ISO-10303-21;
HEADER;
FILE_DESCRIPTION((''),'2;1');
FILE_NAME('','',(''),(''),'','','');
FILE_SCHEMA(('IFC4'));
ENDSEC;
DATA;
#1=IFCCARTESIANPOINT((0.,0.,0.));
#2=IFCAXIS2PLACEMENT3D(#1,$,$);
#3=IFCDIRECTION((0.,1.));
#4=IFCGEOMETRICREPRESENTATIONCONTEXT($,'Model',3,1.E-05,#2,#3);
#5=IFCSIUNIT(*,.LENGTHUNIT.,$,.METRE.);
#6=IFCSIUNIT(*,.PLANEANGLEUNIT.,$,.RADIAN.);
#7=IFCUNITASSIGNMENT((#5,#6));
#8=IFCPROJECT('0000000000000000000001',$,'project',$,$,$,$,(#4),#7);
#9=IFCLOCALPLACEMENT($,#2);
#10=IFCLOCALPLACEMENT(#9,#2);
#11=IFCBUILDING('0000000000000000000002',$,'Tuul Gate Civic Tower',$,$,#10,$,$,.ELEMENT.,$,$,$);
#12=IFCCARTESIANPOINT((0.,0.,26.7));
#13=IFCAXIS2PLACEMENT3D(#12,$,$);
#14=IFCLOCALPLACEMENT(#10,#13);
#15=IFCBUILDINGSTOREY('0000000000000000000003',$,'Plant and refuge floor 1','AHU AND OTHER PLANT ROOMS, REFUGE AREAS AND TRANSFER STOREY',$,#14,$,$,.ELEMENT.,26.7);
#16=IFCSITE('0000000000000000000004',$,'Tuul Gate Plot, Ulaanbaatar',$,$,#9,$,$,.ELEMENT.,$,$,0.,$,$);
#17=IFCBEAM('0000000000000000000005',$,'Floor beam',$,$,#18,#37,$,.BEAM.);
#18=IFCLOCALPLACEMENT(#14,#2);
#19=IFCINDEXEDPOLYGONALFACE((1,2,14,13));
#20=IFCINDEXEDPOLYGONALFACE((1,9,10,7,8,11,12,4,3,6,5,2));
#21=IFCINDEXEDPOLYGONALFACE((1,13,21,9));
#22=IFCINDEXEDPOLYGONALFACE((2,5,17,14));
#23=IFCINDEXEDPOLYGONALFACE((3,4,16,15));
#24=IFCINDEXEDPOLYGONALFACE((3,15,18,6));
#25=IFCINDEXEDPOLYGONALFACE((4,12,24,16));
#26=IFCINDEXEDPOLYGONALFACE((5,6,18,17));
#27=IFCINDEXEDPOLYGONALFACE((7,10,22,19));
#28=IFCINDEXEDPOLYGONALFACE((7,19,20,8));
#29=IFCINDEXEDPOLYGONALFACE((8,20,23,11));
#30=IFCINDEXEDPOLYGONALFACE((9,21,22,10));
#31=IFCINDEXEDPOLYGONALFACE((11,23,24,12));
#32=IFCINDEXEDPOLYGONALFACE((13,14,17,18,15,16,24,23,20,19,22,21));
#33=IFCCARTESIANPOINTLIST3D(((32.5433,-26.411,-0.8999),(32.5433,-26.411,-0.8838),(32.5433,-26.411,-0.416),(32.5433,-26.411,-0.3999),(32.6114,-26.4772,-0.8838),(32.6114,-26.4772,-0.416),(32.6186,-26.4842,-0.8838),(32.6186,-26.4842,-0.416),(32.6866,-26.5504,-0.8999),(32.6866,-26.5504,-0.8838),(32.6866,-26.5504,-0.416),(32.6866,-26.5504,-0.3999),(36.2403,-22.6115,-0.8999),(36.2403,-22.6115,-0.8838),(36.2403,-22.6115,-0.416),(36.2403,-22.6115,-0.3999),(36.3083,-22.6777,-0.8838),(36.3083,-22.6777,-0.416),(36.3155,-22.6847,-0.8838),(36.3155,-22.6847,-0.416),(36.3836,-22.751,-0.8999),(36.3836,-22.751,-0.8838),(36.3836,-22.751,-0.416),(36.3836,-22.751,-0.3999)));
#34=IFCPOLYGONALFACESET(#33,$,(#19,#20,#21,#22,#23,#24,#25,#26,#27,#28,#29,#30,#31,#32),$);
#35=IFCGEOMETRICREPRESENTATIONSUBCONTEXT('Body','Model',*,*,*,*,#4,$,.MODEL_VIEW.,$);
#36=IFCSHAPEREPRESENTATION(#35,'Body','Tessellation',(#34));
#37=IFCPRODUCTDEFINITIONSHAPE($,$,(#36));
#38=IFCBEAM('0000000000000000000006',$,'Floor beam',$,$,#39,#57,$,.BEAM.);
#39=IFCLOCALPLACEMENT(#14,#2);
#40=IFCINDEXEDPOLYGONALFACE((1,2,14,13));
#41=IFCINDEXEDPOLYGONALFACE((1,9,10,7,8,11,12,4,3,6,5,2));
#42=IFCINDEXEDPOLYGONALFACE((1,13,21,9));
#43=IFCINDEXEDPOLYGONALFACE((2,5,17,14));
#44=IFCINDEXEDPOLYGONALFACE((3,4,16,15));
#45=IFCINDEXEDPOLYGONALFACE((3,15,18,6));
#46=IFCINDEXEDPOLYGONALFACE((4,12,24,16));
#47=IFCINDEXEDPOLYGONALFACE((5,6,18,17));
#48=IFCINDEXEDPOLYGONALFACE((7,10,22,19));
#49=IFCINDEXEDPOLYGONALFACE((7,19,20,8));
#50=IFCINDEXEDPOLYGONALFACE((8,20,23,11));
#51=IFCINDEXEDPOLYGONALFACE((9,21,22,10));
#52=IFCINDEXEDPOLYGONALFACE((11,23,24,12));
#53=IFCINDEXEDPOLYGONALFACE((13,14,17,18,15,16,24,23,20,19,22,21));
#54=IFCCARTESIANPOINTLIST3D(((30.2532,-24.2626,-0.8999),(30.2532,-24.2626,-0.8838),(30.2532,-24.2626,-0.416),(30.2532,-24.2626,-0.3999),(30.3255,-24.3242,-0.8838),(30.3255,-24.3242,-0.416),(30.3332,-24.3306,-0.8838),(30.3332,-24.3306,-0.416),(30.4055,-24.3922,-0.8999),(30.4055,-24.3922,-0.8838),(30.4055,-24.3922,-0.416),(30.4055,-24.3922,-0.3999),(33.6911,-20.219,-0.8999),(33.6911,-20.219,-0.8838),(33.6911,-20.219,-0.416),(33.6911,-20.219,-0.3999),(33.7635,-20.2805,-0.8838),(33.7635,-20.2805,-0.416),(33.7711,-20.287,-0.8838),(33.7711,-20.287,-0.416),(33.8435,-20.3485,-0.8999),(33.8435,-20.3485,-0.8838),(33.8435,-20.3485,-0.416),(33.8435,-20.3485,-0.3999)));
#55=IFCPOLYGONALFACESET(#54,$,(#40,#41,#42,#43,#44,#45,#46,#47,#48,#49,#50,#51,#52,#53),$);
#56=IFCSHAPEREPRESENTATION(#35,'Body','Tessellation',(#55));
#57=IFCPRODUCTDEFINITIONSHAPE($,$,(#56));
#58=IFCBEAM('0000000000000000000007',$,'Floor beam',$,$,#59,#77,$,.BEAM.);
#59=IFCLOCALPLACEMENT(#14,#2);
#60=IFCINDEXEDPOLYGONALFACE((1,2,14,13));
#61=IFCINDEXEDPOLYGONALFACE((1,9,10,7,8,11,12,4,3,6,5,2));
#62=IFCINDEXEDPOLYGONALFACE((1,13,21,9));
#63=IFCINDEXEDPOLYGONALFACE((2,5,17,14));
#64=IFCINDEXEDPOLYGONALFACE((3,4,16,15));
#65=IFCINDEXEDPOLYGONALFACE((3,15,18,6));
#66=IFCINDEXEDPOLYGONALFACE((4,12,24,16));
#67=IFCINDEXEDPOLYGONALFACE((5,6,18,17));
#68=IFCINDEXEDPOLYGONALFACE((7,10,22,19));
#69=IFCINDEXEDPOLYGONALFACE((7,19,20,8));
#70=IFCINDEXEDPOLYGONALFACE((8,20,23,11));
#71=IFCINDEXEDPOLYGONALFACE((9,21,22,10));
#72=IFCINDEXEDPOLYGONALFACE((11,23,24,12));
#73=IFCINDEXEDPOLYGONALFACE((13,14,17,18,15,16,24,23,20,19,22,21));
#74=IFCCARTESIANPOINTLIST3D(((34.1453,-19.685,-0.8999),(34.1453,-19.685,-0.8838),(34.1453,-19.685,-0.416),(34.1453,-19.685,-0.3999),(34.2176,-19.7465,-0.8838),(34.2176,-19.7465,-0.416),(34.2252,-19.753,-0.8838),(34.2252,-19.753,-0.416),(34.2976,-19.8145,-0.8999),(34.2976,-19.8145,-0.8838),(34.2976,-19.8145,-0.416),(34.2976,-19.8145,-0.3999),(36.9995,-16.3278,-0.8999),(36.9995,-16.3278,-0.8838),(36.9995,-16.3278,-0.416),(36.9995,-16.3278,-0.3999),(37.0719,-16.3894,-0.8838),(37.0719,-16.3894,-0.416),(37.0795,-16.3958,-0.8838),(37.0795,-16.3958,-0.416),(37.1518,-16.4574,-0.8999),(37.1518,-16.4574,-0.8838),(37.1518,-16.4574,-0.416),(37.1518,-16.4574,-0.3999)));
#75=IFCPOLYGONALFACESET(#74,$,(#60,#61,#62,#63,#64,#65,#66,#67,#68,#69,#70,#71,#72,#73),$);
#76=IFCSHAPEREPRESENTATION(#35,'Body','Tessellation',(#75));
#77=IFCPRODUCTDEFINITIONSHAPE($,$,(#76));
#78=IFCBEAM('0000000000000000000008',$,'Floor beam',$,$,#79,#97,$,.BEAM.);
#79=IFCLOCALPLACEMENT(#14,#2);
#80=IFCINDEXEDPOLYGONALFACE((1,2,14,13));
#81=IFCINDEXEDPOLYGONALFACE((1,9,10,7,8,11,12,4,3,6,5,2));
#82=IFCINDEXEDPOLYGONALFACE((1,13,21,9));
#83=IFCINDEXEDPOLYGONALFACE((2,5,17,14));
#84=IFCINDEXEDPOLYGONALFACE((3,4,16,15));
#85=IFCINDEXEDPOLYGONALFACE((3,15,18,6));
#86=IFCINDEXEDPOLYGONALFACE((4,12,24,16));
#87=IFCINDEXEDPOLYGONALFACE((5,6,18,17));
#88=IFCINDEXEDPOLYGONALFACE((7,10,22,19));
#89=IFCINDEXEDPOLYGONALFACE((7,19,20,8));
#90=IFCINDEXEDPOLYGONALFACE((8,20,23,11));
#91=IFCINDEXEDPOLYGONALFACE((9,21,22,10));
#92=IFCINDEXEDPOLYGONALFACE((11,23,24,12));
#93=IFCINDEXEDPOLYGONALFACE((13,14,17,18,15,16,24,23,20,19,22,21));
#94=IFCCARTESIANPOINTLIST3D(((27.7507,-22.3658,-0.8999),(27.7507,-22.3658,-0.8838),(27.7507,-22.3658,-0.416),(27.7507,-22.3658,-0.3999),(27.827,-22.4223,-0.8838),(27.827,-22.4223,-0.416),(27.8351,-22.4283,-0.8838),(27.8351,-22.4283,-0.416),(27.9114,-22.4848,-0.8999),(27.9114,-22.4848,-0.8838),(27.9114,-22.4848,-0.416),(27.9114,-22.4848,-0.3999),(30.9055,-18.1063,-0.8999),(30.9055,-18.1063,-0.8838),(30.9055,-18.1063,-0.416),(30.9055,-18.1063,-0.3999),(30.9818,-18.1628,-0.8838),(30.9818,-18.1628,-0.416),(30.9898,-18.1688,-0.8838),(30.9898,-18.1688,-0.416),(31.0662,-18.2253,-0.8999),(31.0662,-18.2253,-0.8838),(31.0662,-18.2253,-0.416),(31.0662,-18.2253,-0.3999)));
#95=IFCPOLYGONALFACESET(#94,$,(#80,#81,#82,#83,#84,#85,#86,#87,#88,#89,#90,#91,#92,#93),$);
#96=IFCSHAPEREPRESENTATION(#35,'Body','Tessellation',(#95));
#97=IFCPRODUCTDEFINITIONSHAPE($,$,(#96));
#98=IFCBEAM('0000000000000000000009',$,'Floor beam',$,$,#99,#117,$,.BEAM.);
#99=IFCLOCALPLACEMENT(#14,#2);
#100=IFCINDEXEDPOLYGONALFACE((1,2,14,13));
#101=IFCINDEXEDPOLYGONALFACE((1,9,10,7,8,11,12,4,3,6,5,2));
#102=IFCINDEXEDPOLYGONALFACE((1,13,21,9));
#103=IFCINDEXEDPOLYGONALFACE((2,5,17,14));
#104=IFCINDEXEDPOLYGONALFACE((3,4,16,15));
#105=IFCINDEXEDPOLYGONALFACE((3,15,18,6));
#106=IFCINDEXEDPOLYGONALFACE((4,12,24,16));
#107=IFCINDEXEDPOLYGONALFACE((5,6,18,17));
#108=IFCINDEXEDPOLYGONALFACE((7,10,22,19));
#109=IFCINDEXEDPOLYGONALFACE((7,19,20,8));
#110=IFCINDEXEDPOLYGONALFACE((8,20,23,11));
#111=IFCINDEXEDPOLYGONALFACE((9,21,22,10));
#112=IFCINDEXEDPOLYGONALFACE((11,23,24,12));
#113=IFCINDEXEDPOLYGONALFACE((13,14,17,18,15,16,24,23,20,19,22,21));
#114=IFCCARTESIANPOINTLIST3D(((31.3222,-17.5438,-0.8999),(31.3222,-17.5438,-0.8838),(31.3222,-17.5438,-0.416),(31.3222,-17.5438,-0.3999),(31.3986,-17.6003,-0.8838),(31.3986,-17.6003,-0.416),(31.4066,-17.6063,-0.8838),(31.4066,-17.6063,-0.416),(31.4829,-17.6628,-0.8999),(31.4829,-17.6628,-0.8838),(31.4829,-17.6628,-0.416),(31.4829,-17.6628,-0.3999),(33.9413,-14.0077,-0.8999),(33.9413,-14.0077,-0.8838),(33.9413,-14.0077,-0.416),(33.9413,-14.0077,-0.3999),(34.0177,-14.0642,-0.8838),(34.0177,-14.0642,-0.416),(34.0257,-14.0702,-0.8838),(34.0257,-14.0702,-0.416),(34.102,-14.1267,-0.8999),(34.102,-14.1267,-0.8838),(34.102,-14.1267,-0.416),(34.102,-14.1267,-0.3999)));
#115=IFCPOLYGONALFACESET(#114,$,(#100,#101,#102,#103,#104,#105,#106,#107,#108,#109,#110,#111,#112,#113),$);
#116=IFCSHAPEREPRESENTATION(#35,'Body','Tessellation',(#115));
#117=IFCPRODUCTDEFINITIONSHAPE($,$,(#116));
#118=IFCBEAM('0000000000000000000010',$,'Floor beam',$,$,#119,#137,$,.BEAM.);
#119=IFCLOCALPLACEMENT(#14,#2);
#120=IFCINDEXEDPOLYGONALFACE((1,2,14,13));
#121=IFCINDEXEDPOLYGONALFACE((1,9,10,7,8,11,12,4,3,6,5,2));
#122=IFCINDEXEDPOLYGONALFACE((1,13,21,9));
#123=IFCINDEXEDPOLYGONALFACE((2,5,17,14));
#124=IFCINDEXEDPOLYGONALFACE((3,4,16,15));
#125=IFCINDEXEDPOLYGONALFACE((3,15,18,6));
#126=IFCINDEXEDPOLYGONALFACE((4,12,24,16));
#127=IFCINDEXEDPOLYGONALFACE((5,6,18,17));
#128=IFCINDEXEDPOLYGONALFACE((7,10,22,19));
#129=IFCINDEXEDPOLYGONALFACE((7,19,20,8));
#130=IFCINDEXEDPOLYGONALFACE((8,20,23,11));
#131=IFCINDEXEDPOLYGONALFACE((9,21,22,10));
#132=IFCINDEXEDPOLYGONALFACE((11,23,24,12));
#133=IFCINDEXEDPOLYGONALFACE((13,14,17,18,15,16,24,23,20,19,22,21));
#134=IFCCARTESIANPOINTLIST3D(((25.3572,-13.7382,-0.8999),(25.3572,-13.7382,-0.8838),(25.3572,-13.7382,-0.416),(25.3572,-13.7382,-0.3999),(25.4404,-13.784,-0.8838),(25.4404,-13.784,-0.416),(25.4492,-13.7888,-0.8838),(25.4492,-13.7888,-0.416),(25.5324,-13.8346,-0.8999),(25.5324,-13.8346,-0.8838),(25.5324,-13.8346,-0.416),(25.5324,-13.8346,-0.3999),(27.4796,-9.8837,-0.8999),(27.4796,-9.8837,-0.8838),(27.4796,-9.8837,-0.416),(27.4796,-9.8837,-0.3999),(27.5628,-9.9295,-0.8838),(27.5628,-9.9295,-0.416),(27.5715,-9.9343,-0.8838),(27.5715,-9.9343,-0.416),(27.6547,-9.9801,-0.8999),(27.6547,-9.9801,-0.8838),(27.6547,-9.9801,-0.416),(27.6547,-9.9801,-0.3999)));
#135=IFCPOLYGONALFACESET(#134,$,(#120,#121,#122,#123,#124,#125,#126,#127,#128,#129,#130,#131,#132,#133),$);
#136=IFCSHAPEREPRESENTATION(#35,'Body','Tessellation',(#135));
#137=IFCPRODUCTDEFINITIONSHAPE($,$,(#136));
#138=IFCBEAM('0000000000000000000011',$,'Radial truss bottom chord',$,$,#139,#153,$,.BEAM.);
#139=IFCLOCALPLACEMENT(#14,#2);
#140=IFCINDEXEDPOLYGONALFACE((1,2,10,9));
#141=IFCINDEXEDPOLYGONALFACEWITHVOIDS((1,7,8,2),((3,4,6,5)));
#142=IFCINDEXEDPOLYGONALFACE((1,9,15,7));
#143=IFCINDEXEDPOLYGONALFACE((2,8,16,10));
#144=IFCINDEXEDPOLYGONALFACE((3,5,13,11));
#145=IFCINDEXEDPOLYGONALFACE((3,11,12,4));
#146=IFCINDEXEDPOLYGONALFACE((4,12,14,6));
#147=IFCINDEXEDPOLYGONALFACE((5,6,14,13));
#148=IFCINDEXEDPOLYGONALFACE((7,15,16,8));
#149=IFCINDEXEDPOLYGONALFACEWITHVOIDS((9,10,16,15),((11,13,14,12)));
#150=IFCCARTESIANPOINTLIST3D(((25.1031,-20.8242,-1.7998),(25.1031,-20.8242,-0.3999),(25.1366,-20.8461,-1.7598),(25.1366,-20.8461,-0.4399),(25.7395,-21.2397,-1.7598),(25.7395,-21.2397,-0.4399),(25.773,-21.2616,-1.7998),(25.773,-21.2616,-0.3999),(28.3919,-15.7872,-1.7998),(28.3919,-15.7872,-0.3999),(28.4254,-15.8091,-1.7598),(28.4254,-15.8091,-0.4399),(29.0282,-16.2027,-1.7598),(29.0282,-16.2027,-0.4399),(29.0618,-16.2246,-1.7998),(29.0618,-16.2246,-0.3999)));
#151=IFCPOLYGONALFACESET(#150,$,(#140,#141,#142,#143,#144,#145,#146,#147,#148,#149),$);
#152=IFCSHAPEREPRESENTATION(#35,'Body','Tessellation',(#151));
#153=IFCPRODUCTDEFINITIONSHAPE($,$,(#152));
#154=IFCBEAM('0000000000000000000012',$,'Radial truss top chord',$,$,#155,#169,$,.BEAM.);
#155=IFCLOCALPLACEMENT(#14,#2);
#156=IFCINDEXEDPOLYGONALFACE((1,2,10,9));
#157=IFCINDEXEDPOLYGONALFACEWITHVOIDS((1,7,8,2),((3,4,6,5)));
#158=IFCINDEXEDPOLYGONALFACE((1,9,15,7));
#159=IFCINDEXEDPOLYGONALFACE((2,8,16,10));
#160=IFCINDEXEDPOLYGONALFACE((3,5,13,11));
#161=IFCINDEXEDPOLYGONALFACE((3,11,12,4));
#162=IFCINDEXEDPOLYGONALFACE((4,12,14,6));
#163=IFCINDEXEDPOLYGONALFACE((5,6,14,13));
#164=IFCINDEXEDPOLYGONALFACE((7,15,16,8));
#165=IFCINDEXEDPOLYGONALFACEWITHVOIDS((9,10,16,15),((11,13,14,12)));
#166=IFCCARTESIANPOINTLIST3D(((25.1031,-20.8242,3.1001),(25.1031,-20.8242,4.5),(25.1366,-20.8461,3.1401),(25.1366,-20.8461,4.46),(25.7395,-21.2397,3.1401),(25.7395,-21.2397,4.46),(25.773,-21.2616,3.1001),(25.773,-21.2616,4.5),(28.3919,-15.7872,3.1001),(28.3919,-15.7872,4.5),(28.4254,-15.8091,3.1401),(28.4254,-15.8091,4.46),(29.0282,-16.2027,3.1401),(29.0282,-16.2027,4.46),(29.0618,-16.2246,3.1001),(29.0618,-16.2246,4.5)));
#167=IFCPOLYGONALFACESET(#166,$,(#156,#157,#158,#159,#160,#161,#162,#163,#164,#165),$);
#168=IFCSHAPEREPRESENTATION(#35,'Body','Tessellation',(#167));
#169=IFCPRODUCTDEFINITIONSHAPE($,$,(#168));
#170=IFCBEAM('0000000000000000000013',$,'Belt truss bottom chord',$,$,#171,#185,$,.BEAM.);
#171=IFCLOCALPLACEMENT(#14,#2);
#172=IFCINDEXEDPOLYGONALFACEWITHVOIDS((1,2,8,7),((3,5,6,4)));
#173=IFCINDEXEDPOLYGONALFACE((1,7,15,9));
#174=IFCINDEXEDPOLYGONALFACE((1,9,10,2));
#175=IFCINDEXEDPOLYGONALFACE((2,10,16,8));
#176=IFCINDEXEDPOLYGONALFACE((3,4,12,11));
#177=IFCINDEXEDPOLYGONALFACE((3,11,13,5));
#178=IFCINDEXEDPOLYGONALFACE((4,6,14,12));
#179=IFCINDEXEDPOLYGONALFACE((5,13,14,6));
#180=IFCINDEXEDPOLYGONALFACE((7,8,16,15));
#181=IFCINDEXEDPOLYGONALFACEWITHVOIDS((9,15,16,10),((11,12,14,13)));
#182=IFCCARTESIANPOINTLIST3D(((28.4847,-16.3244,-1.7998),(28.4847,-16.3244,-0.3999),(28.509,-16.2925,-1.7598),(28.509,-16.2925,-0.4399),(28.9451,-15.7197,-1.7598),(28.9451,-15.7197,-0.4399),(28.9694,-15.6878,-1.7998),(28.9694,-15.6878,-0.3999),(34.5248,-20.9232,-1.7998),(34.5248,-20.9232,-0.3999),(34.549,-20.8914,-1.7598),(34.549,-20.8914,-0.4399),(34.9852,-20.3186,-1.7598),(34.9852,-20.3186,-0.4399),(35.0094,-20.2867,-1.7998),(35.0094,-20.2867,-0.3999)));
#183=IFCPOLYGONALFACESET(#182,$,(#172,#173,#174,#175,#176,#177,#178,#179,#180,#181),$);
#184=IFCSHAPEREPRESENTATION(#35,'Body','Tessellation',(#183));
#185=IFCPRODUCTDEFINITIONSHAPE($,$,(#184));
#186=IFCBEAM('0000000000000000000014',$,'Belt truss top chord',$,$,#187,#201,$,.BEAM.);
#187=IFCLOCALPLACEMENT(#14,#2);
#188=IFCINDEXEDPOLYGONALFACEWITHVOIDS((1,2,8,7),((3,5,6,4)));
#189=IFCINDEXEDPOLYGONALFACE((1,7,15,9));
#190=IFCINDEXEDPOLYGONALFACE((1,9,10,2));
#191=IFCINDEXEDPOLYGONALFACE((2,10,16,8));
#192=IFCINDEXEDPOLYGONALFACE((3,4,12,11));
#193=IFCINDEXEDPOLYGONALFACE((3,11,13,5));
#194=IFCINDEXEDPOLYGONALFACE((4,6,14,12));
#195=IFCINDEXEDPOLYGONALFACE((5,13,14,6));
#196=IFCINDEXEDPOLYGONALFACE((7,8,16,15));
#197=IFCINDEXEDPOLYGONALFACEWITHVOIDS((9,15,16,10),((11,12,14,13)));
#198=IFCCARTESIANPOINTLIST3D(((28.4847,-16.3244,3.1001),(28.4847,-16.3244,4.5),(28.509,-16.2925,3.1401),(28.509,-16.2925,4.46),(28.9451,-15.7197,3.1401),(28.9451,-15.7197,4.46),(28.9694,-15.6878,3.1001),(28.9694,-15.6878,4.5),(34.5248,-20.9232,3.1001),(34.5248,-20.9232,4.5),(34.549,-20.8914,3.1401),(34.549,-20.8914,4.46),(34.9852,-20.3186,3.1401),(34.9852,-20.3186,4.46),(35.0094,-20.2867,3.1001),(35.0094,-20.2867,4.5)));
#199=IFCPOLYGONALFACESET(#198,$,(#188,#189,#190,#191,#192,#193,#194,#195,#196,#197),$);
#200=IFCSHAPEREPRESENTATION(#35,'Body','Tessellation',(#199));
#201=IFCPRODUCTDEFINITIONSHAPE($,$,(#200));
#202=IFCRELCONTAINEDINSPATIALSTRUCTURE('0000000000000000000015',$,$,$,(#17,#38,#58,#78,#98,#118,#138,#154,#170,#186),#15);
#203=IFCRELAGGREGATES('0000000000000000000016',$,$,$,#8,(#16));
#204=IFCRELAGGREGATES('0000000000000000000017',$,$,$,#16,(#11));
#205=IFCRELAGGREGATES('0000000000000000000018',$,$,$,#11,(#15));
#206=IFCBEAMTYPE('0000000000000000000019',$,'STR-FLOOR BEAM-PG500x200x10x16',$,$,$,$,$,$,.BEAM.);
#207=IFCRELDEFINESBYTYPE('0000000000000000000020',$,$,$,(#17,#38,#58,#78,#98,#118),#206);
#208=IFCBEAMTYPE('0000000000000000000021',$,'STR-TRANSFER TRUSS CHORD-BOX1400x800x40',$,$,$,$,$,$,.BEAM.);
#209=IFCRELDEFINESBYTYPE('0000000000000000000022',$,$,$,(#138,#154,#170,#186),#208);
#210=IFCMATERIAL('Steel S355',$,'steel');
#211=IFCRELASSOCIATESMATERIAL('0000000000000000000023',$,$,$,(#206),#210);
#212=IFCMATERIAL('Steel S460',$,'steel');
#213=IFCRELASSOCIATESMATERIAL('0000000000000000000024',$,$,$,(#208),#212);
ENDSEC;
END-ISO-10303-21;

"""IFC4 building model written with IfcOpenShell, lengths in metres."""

from ifc_helpers import new_model, si_unit, direction, frame, origin, origin_2d, place, context, subcontext, project, spatial, hollow_rectangle, i_section, extrude, material, material_profile, profile_set, type_object, element, save


model = new_model("IFC4")

# Units and contexts
model_context = context("Model", 3, precision=1e-05, world=origin(), true_north=direction((0.0, 1.0)))
body_context = subcontext(model_context, "Body", "Model", "MODEL_VIEW")
ifc_project = project(units=[si_unit("LENGTHUNIT", "METRE"), si_unit("PLANEANGLEUNIT", "RADIAN")], contexts=[model_context])

# Site, building, storey
site_placement = place(None, origin())
site = spatial("IfcSite", under=ifc_project, at=site_placement, Name="Tuul Gate Plot, Ulaanbaatar", CompositionType="ELEMENT", RefElevation=0.0)
building_placement = place(site_placement, origin())
building = spatial("IfcBuilding", under=site, at=building_placement, Name="Tuul Gate Civic Tower", CompositionType="ELEMENT")
storey_placement = place(building_placement, frame((0.0, 0.0, 26.7)))
storey = spatial("IfcBuildingStorey", under=building, at=storey_placement, Name="Plant and refuge floor 1", Description="AHU AND OTHER PLANT ROOMS, REFUGE AREAS AND TRANSFER STOREY", CompositionType="ELEMENT", Elevation=26.7)

# Beams
ifc_material_1 = material(Name="Steel S355", Category="steel")
ifc_material_profile_1 = material_profile(ifc_material_1, i_section(OverallWidth=0.2, OverallDepth=0.5, WebThickness=0.01, FlangeThickness=0.0161, at=origin_2d()), Name="PG500x200x10x16")
ifc_profile_set_1 = profile_set([ifc_material_profile_1], Name="Steel S355")
beam_type_1 = type_object("IfcBeamType", Name="STR-FLOOR BEAM-PG500x200x10x16", PredefinedType="BEAM", material=ifc_profile_set_1)
beam_1_placement = place(storey_placement, frame((32.615, -26.4807, -0.6499), z_axis=(0.69737, 0.716712, 0.0), x_axis=(-0.716712, 0.69737, 0.0)))
element("IfcBeam", 1, at=beam_1_placement, inside=storey, type_object=beam_type_1, Name="Floor beam", PredefinedType="BEAM", context=body_context, shape_type="SweptSolid", body=[
    extrude(i_section(OverallWidth=0.2, OverallDepth=0.5, WebThickness=0.01, FlangeThickness=0.0161, at=origin_2d()), origin(), (0.0, 0.0, 1.0), 5.3013),
])
beam_2_placement = place(storey_placement, frame((30.3293, -24.3274, -0.6499), z_axis=(0.647741, 0.761861, 0.0), x_axis=(-0.761861, 0.647741, 0.0)))
element("IfcBeam", 2, at=beam_2_placement, inside=storey, type_object=beam_type_1, Name="Floor beam", PredefinedType="BEAM", context=body_context, shape_type="SweptSolid", body=[
    extrude(i_section(OverallWidth=0.2, OverallDepth=0.5, WebThickness=0.01, FlangeThickness=0.0161, at=origin_2d()), origin(), (0.0, 0.0, 1.0), 5.3076),
])
beam_3_placement = place(storey_placement, frame((34.2214, -19.7498, -0.6499), z_axis=(0.647734, 0.761867, 0.0), x_axis=(-0.761867, 0.647734, 0.0)))
element("IfcBeam", 3, at=beam_3_placement, inside=storey, type_object=beam_type_1, Name="Floor beam", PredefinedType="BEAM", context=body_context, shape_type="SweptSolid", body=[
    extrude(i_section(OverallWidth=0.2, OverallDepth=0.5, WebThickness=0.01, FlangeThickness=0.0161, at=origin_2d()), origin(), (0.0, 0.0, 1.0), 4.4065),
])
beam_4_placement = place(storey_placement, frame((27.8311, -22.4253, -0.6499), z_axis=(0.595177, 0.803595, 0.0), x_axis=(-0.803595, 0.595177, 0.0)))
element("IfcBeam", 4, at=beam_4_placement, inside=storey, type_object=beam_type_1, Name="Floor beam", PredefinedType="BEAM", context=body_context, shape_type="SweptSolid", body=[
    extrude(i_section(OverallWidth=0.2, OverallDepth=0.5, WebThickness=0.01, FlangeThickness=0.0161, at=origin_2d()), origin(), (0.0, 0.0, 1.0), 5.3005),
])
beam_5_placement = place(storey_placement, frame((31.4026, -17.6033, -0.6499), z_axis=(0.595196, 0.803581, 0.0), x_axis=(-0.803581, 0.595196, 0.0)))
element("IfcBeam", 5, at=beam_5_placement, inside=storey, type_object=beam_type_1, Name="Floor beam", PredefinedType="BEAM", context=body_context, shape_type="SweptSolid", body=[
    extrude(i_section(OverallWidth=0.2, OverallDepth=0.5, WebThickness=0.01, FlangeThickness=0.0161, at=origin_2d()), origin(), (0.0, 0.0, 1.0), 4.4004),
])
beam_6_placement = place(storey_placement, frame((25.4448, -13.7864, -0.6499), z_axis=(0.482328, 0.875991, 0.0), x_axis=(-0.875991, 0.482328, 0.0)))
element("IfcBeam", 6, at=beam_6_placement, inside=storey, type_object=beam_type_1, Name="Floor beam", PredefinedType="BEAM", context=body_context, shape_type="SweptSolid", body=[
    extrude(i_section(OverallWidth=0.2, OverallDepth=0.5, WebThickness=0.01, FlangeThickness=0.0161, at=origin_2d()), origin(), (0.0, 0.0, 1.0), 4.4001),
])
ifc_material_2 = material(Name="Steel S460", Category="steel")
ifc_material_profile_2 = material_profile(ifc_material_2, hollow_rectangle(XDim=0.8, YDim=1.3999, WallThickness=0.04, at=origin_2d()), Name="BOX1400x800x40")
ifc_profile_set_2 = profile_set([ifc_material_profile_2], Name="Steel S460")
beam_type_2 = type_object("IfcBeamType", Name="STR-TRANSFER TRUSS CHORD-BOX1400x800x40", PredefinedType="BEAM", material=ifc_profile_set_2)
for number, where, z_axis, x_axis, name in (
    (7, (28.7268, -16.0059, -1.0999), (-0.546705, -0.837325, 0.0), (0.837325, -0.546705, 0.0), "Radial truss bottom chord"),
    (8, (28.7268, -16.0059, 3.8), (-0.546705, -0.837325, 0.0), (0.837325, -0.546705, 0.0), "Radial truss top chord"),
):
    element("IfcBeam", number, at=place(storey_placement, frame(where, z_axis=z_axis, x_axis=x_axis)), inside=storey, type_object=beam_type_2, Name=name, PredefinedType="BEAM", context=body_context, shape_type="SweptSolid", body=[
        extrude(hollow_rectangle(XDim=0.8, YDim=1.3999, WallThickness=0.04, at=origin_2d()), origin(), (0.0, 0.0, 1.0), 6.0156),
    ])
for number, where, z_axis, x_axis, name in (
    (9, (28.7271, -16.0061, -1.0999), (0.795626, -0.605788, 0.0), (0.605788, 0.795626, 0.0), "Belt truss bottom chord"),
    (10, (28.7271, -16.0061, 3.8), (0.795626, -0.605788, 0.0), (0.605788, 0.795626, 0.0), "Belt truss top chord"),
):
    element("IfcBeam", number, at=place(storey_placement, frame(where, z_axis=z_axis, x_axis=x_axis)), inside=storey, type_object=beam_type_2, Name=name, PredefinedType="BEAM", context=body_context, shape_type="SweptSolid", body=[
        extrude(hollow_rectangle(XDim=0.8, YDim=1.3999, WallThickness=0.04, at=origin_2d()), origin(), (0.0, 0.0, 1.0), 7.5916),
    ])

save(model, "model.ifc")
